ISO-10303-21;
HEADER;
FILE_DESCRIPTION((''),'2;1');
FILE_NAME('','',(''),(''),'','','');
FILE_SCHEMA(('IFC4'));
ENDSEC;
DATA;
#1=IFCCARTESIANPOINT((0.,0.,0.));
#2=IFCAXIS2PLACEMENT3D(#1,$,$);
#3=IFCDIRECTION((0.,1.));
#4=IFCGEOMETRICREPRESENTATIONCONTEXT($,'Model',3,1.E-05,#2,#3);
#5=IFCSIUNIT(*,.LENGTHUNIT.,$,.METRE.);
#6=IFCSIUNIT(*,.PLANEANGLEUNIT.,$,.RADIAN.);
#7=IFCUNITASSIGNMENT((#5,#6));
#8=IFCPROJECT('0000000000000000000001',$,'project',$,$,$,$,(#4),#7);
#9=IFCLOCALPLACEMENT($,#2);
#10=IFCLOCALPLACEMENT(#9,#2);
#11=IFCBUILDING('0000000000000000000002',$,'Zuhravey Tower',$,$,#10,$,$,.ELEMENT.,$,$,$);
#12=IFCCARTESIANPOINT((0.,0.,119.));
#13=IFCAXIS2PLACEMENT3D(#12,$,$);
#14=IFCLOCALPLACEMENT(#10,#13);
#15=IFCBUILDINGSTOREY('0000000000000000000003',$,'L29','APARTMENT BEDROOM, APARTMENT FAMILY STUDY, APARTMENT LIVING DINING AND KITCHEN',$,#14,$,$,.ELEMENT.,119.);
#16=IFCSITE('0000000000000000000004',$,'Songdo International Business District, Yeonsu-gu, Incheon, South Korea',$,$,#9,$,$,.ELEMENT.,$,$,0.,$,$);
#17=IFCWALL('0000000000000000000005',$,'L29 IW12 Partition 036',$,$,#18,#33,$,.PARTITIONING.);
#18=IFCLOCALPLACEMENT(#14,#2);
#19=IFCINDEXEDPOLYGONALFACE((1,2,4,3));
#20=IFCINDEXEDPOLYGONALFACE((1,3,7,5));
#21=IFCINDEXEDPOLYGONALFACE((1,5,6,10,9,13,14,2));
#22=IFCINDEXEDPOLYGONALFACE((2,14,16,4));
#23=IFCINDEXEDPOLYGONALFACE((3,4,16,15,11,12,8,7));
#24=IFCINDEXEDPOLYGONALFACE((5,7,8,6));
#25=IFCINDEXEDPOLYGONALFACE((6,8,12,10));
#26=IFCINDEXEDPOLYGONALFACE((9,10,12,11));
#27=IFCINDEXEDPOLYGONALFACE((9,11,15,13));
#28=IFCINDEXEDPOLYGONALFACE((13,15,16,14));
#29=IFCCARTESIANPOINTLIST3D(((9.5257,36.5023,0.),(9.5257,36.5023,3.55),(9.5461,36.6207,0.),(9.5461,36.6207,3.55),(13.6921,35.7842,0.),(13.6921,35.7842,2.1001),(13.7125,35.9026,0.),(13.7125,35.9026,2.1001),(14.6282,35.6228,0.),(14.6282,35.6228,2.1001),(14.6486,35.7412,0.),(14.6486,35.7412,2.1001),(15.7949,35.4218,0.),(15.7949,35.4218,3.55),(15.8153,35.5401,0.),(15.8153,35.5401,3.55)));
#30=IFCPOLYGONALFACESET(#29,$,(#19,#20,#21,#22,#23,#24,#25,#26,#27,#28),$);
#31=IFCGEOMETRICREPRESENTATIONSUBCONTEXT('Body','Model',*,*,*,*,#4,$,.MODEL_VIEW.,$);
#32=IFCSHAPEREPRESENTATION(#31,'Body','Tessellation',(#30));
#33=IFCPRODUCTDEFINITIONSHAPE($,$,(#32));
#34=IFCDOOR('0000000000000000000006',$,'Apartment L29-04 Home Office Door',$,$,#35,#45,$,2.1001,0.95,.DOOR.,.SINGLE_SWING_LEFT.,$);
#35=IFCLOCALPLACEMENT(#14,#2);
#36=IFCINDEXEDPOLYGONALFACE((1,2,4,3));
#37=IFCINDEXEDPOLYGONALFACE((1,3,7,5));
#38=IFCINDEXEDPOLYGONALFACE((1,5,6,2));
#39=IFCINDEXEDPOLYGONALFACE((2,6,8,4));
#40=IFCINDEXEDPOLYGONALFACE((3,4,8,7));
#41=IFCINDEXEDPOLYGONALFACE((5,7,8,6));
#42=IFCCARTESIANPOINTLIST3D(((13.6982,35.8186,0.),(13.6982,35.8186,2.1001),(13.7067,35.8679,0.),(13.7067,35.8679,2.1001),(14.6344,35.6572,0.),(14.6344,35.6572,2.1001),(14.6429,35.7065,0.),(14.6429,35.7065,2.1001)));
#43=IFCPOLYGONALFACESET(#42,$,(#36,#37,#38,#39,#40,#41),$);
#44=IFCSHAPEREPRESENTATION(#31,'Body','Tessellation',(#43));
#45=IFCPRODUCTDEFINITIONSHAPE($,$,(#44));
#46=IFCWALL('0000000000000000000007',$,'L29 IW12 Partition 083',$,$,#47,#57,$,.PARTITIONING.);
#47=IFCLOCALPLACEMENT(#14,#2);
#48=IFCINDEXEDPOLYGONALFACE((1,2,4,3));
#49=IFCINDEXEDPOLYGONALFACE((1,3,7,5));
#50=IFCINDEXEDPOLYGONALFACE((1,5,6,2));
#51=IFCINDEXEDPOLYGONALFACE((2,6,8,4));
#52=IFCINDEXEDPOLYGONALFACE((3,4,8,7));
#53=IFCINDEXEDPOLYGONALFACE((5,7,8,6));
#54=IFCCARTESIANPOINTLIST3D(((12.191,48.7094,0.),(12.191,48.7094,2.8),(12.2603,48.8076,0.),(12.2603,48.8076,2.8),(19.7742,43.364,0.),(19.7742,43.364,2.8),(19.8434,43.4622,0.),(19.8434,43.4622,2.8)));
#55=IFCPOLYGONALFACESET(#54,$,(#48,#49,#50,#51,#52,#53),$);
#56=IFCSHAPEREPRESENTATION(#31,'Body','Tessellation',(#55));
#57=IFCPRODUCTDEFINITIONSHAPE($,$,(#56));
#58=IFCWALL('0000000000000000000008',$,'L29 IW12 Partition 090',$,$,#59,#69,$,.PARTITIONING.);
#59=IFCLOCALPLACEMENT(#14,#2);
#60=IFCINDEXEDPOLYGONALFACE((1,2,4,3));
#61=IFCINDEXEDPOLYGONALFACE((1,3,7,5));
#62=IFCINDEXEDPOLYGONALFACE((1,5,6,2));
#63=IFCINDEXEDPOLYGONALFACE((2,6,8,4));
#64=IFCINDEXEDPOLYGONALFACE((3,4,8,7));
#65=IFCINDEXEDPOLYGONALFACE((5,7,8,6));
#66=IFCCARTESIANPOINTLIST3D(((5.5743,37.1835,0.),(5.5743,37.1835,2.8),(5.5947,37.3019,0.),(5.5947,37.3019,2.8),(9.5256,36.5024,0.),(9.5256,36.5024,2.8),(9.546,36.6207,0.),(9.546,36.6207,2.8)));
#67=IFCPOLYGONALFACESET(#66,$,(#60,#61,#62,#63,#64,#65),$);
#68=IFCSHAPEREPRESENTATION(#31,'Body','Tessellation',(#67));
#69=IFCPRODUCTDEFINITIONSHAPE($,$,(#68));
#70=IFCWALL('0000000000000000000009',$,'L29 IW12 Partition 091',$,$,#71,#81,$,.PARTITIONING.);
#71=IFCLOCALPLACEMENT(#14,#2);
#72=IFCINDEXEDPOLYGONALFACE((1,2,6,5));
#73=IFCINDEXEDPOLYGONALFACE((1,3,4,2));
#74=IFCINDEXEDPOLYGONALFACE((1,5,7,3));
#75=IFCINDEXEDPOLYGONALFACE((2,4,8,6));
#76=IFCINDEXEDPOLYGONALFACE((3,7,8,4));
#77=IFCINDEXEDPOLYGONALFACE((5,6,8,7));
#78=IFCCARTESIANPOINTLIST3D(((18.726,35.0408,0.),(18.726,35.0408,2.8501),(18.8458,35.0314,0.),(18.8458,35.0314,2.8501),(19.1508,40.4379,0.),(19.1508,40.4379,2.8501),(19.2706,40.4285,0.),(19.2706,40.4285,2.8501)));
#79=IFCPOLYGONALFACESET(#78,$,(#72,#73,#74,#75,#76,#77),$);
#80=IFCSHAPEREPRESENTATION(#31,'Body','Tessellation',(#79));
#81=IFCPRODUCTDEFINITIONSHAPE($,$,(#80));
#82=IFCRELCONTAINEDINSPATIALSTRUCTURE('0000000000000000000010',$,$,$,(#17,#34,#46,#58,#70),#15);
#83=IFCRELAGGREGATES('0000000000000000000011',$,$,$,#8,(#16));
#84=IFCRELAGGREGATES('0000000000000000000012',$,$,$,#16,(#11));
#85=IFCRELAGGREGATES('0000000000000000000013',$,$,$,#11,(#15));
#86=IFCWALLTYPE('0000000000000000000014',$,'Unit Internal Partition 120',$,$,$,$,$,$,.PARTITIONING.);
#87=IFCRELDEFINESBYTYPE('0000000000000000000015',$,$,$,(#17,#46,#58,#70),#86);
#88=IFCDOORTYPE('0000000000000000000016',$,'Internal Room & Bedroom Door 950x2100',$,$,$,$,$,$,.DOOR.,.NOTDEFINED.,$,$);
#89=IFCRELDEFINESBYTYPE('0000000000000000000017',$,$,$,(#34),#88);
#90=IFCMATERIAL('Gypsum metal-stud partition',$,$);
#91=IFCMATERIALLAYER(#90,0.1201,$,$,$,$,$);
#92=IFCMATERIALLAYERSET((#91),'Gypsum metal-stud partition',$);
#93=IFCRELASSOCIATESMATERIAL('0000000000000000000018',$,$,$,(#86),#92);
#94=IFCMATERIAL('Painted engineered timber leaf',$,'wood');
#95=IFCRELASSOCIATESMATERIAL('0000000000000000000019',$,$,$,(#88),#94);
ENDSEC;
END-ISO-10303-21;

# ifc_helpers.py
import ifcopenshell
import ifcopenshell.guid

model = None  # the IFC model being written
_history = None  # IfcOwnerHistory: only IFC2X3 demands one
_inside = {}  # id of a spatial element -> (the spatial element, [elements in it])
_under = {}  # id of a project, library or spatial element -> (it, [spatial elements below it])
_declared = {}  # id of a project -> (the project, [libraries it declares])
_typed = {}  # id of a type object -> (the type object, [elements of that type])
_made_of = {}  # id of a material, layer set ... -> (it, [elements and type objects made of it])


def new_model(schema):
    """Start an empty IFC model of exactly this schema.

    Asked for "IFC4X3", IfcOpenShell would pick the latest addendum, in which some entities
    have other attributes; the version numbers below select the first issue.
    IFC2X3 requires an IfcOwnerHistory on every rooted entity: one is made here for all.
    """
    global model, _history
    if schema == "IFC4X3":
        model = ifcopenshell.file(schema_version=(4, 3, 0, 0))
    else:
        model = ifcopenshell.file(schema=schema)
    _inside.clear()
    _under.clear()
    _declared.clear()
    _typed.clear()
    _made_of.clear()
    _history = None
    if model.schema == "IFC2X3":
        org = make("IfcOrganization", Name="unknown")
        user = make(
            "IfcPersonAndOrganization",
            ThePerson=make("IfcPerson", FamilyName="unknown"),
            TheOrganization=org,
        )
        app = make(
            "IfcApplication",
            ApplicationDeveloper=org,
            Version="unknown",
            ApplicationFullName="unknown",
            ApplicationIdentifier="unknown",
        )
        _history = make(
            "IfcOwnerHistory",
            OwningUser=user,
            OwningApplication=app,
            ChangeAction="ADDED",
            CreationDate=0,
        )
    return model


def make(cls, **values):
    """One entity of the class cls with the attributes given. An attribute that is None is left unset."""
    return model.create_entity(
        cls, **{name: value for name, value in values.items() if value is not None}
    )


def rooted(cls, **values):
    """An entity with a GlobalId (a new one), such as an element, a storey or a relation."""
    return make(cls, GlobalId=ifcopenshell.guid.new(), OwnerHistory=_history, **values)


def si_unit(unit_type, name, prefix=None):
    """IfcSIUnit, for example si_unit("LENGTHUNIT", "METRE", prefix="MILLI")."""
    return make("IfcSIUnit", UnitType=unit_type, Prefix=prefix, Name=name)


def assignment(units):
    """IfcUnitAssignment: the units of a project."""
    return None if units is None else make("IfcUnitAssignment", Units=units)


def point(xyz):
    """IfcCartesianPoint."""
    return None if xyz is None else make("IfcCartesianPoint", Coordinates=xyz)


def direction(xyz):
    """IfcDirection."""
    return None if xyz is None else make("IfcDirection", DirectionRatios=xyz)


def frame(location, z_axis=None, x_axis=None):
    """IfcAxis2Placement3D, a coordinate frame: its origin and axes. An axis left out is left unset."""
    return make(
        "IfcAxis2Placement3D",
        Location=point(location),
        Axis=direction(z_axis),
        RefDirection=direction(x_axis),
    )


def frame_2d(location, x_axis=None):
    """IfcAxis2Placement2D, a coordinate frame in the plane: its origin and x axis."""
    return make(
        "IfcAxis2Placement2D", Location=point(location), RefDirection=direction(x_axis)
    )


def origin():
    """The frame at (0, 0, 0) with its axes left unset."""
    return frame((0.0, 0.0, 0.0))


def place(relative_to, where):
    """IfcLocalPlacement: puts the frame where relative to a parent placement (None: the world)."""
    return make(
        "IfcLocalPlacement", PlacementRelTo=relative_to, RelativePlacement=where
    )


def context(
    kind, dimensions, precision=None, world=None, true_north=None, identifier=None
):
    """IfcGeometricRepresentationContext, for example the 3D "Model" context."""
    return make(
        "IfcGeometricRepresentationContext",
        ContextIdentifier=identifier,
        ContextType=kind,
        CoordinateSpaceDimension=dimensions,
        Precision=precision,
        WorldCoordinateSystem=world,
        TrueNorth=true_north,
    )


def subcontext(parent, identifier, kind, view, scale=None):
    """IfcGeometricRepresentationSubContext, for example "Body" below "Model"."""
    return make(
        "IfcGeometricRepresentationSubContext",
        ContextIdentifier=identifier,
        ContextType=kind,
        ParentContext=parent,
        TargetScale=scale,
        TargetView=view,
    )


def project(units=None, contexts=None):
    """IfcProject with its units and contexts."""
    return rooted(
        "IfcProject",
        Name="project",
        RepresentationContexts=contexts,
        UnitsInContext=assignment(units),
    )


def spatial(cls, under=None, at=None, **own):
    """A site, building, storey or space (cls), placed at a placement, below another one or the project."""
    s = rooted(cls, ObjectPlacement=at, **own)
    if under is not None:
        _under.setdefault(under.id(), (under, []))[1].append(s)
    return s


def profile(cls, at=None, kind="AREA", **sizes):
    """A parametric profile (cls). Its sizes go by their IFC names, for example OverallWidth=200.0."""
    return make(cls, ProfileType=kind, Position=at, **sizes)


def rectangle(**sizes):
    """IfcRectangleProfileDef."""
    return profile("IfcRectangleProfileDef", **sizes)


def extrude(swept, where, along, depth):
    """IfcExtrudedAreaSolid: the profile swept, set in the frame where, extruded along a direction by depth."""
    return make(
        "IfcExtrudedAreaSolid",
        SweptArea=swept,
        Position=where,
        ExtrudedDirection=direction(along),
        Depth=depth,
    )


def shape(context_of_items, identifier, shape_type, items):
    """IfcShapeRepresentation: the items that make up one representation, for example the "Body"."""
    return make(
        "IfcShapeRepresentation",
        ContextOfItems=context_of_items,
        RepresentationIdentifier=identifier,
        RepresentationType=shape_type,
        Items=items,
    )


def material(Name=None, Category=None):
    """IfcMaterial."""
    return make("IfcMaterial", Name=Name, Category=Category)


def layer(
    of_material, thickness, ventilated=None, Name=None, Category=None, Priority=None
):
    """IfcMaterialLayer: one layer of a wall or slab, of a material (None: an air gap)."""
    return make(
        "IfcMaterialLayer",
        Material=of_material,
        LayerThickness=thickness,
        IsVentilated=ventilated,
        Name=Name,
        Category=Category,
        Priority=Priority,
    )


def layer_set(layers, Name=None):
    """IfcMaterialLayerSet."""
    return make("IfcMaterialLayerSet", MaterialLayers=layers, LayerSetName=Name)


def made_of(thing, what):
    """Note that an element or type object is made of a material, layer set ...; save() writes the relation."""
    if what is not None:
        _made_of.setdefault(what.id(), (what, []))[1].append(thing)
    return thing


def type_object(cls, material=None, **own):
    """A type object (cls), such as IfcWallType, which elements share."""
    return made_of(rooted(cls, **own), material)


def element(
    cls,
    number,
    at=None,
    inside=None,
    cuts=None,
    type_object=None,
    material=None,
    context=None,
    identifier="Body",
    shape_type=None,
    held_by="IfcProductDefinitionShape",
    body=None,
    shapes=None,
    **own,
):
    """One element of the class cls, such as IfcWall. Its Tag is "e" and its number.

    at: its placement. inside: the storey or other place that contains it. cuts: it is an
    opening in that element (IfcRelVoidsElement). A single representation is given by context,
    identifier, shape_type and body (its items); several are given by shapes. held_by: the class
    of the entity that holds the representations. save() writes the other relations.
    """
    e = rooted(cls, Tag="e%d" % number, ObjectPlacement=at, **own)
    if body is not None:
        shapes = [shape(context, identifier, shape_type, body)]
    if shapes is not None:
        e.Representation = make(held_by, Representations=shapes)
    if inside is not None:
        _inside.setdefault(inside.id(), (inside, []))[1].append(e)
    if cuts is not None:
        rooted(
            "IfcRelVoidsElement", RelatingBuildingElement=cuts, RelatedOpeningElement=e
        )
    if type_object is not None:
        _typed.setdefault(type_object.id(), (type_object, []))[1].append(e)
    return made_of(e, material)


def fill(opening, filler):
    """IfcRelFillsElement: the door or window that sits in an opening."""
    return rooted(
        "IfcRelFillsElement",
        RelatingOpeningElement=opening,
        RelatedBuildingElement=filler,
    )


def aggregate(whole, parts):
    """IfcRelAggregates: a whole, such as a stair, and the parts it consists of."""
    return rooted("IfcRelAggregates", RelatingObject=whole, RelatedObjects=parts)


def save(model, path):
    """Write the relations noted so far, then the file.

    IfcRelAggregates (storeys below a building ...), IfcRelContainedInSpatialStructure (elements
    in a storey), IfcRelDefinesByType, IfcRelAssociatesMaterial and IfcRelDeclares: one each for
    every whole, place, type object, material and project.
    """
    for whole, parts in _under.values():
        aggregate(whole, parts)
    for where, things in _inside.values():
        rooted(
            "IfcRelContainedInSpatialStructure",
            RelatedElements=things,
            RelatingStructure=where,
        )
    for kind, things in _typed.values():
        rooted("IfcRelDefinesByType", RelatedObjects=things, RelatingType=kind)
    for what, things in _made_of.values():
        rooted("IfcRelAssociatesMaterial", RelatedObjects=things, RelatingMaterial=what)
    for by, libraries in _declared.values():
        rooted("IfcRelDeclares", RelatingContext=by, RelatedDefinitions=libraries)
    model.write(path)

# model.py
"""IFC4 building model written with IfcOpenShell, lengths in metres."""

from ifc_helpers import new_model, si_unit, direction, frame, frame_2d, origin, place, context, subcontext, project, spatial, rectangle, extrude, material, layer, layer_set, type_object, element, fill, save


model = new_model("IFC4")

# Units and contexts
model_context = context("Model", 3, precision=1e-05, world=origin(), true_north=direction((0.0, 1.0)))
body_context = subcontext(model_context, "Body", "Model", "MODEL_VIEW")
ifc_project = project(units=[si_unit("LENGTHUNIT", "METRE"), si_unit("PLANEANGLEUNIT", "RADIAN")], contexts=[model_context])

# Site, building, storey
site_placement = place(None, origin())
site = spatial("IfcSite", under=ifc_project, at=site_placement, Name="Songdo International Business District, Yeonsu-gu, Incheon, South Korea", CompositionType="ELEMENT", RefElevation=0.0)
building_placement = place(site_placement, origin())
building = spatial("IfcBuilding", under=site, at=building_placement, Name="Zuhravey Tower", CompositionType="ELEMENT")
storey_placement = place(building_placement, frame((0.0, 0.0, 119.0)))
storey = spatial("IfcBuildingStorey", under=building, at=storey_placement, Name="L29", Description="APARTMENT BEDROOM, APARTMENT FAMILY STUDY, APARTMENT LIVING DINING AND KITCHEN", CompositionType="ELEMENT", Elevation=119.0)

# Shared definitions
ifc_material_1 = material(Name="Gypsum metal-stud partition")
ifc_layer_1 = layer(ifc_material_1, 0.1201)
ifc_layer_set_1 = layer_set([ifc_layer_1], Name="Gypsum metal-stud partition")
wall_type = type_object("IfcWallType", Name="Unit Internal Partition 120", PredefinedType="PARTITIONING", material=ifc_layer_set_1)
ifc_material_2 = material(Name="Painted engineered timber leaf", Category="wood")
door_type_1 = type_object("IfcDoorType", Name="Internal Room & Bedroom Door 950x2100", OperationType="NOTDEFINED", PredefinedType="DOOR", material=ifc_material_2)

# Wall, opening, door
wall_1_placement = place(storey_placement, frame((15.8049, 35.481, 0.0), z_axis=(0.0, 0.0, 1.0), x_axis=(-0.985468, 0.169861, 0.0)))
wall_1 = element("IfcWall", 1, at=wall_1_placement, inside=storey, type_object=wall_type, Name="L29 IW12 Partition 036", PredefinedType="PARTITIONING", context=body_context, shape_type="SweptSolid", body=[
    extrude(rectangle(XDim=6.3616, YDim=0.1201, at=frame_2d((3.1807, 0.0))), origin(), (0.0, 0.0, 1.0), 3.55),
])
opening_1_placement = place(wall_1_placement, frame((1.1836, 0.0, 0.0)))
opening_1 = element("IfcOpeningElement", 2, at=opening_1_placement, cuts=wall_1, PredefinedType="OPENING", context=body_context, shape_type="SweptSolid", body=[
    extrude(rectangle(XDim=0.95, YDim=2.1001, at=frame_2d((0.4751, 1.05))), frame((0.0, 0.072, 0.0), z_axis=(0.0, -1.0, 0.0), x_axis=(1.0, 0.0, 0.0)), (0.0, 0.0, 1.0), 0.144),
])
door_1_placement = place(opening_1_placement, frame((0.95, 0.0, 0.0), z_axis=(0.0, 0.0, 1.0), x_axis=(-1.0, 0.0, 0.0)))
door_1 = element("IfcDoor", 3, at=door_1_placement, inside=storey, type_object=door_type_1, Name="Apartment L29-04 Home Office Door", OperationType="SINGLE_SWING_LEFT", OverallHeight=2.1001, OverallWidth=0.95, PredefinedType="DOOR", context=body_context, shape_type="SweptSolid", body=[
    extrude(rectangle(XDim=0.95, YDim=2.1001, at=frame_2d((0.4751, 1.05))), frame((0.0, 0.0249, 0.0), z_axis=(0.0, -1.0, 0.0), x_axis=(1.0, 0.0, 0.0)), (0.0, 0.0, 1.0), 0.05),
])
fill(opening_1, door_1)

# Walls
wall_2_placement = place(storey_placement, frame((19.8088, 43.4131, 0.0), z_axis=(0.0, 0.0, 1.0), x_axis=(-0.817345, 0.576149, 0.0)))
element("IfcWall", 4, at=wall_2_placement, inside=storey, type_object=wall_type, Name="L29 IW12 Partition 083", PredefinedType="PARTITIONING", context=body_context, shape_type="SweptSolid", body=[
    extrude(rectangle(XDim=9.2778, YDim=0.1201, at=frame_2d((4.6389, 0.0))), origin(), (0.0, 0.0, 1.0), 2.8),
])
wall_3_placement = place(storey_placement, frame((9.5359, 36.5615, 0.0), z_axis=(0.0, 0.0, 1.0), x_axis=(-0.985464, 0.169887, 0.0)))
element("IfcWall", 5, at=wall_3_placement, inside=storey, type_object=wall_type, Name="L29 IW12 Partition 090", PredefinedType="PARTITIONING", context=body_context, shape_type="SweptSolid", body=[
    extrude(rectangle(XDim=4.0095, YDim=0.1201, at=frame_2d((2.0049, 0.0))), origin(), (0.0, 0.0, 1.0), 2.8),
])
wall_4_placement = place(storey_placement, frame((19.2107, 40.4333, 0.0), z_axis=(0.0, 0.0, 1.0), x_axis=(-0.078465, -0.996917, 0.0)))
element("IfcWall", 6, at=wall_4_placement, inside=storey, type_object=wall_type, Name="L29 IW12 Partition 091", PredefinedType="PARTITIONING", context=body_context, shape_type="SweptSolid", body=[
    extrude(rectangle(XDim=5.4138, YDim=0.1201, at=frame_2d((2.707, 0.0))), origin(), (0.0, 0.0, 1.0), 2.8501),
])

save(model, "model.ifc")
